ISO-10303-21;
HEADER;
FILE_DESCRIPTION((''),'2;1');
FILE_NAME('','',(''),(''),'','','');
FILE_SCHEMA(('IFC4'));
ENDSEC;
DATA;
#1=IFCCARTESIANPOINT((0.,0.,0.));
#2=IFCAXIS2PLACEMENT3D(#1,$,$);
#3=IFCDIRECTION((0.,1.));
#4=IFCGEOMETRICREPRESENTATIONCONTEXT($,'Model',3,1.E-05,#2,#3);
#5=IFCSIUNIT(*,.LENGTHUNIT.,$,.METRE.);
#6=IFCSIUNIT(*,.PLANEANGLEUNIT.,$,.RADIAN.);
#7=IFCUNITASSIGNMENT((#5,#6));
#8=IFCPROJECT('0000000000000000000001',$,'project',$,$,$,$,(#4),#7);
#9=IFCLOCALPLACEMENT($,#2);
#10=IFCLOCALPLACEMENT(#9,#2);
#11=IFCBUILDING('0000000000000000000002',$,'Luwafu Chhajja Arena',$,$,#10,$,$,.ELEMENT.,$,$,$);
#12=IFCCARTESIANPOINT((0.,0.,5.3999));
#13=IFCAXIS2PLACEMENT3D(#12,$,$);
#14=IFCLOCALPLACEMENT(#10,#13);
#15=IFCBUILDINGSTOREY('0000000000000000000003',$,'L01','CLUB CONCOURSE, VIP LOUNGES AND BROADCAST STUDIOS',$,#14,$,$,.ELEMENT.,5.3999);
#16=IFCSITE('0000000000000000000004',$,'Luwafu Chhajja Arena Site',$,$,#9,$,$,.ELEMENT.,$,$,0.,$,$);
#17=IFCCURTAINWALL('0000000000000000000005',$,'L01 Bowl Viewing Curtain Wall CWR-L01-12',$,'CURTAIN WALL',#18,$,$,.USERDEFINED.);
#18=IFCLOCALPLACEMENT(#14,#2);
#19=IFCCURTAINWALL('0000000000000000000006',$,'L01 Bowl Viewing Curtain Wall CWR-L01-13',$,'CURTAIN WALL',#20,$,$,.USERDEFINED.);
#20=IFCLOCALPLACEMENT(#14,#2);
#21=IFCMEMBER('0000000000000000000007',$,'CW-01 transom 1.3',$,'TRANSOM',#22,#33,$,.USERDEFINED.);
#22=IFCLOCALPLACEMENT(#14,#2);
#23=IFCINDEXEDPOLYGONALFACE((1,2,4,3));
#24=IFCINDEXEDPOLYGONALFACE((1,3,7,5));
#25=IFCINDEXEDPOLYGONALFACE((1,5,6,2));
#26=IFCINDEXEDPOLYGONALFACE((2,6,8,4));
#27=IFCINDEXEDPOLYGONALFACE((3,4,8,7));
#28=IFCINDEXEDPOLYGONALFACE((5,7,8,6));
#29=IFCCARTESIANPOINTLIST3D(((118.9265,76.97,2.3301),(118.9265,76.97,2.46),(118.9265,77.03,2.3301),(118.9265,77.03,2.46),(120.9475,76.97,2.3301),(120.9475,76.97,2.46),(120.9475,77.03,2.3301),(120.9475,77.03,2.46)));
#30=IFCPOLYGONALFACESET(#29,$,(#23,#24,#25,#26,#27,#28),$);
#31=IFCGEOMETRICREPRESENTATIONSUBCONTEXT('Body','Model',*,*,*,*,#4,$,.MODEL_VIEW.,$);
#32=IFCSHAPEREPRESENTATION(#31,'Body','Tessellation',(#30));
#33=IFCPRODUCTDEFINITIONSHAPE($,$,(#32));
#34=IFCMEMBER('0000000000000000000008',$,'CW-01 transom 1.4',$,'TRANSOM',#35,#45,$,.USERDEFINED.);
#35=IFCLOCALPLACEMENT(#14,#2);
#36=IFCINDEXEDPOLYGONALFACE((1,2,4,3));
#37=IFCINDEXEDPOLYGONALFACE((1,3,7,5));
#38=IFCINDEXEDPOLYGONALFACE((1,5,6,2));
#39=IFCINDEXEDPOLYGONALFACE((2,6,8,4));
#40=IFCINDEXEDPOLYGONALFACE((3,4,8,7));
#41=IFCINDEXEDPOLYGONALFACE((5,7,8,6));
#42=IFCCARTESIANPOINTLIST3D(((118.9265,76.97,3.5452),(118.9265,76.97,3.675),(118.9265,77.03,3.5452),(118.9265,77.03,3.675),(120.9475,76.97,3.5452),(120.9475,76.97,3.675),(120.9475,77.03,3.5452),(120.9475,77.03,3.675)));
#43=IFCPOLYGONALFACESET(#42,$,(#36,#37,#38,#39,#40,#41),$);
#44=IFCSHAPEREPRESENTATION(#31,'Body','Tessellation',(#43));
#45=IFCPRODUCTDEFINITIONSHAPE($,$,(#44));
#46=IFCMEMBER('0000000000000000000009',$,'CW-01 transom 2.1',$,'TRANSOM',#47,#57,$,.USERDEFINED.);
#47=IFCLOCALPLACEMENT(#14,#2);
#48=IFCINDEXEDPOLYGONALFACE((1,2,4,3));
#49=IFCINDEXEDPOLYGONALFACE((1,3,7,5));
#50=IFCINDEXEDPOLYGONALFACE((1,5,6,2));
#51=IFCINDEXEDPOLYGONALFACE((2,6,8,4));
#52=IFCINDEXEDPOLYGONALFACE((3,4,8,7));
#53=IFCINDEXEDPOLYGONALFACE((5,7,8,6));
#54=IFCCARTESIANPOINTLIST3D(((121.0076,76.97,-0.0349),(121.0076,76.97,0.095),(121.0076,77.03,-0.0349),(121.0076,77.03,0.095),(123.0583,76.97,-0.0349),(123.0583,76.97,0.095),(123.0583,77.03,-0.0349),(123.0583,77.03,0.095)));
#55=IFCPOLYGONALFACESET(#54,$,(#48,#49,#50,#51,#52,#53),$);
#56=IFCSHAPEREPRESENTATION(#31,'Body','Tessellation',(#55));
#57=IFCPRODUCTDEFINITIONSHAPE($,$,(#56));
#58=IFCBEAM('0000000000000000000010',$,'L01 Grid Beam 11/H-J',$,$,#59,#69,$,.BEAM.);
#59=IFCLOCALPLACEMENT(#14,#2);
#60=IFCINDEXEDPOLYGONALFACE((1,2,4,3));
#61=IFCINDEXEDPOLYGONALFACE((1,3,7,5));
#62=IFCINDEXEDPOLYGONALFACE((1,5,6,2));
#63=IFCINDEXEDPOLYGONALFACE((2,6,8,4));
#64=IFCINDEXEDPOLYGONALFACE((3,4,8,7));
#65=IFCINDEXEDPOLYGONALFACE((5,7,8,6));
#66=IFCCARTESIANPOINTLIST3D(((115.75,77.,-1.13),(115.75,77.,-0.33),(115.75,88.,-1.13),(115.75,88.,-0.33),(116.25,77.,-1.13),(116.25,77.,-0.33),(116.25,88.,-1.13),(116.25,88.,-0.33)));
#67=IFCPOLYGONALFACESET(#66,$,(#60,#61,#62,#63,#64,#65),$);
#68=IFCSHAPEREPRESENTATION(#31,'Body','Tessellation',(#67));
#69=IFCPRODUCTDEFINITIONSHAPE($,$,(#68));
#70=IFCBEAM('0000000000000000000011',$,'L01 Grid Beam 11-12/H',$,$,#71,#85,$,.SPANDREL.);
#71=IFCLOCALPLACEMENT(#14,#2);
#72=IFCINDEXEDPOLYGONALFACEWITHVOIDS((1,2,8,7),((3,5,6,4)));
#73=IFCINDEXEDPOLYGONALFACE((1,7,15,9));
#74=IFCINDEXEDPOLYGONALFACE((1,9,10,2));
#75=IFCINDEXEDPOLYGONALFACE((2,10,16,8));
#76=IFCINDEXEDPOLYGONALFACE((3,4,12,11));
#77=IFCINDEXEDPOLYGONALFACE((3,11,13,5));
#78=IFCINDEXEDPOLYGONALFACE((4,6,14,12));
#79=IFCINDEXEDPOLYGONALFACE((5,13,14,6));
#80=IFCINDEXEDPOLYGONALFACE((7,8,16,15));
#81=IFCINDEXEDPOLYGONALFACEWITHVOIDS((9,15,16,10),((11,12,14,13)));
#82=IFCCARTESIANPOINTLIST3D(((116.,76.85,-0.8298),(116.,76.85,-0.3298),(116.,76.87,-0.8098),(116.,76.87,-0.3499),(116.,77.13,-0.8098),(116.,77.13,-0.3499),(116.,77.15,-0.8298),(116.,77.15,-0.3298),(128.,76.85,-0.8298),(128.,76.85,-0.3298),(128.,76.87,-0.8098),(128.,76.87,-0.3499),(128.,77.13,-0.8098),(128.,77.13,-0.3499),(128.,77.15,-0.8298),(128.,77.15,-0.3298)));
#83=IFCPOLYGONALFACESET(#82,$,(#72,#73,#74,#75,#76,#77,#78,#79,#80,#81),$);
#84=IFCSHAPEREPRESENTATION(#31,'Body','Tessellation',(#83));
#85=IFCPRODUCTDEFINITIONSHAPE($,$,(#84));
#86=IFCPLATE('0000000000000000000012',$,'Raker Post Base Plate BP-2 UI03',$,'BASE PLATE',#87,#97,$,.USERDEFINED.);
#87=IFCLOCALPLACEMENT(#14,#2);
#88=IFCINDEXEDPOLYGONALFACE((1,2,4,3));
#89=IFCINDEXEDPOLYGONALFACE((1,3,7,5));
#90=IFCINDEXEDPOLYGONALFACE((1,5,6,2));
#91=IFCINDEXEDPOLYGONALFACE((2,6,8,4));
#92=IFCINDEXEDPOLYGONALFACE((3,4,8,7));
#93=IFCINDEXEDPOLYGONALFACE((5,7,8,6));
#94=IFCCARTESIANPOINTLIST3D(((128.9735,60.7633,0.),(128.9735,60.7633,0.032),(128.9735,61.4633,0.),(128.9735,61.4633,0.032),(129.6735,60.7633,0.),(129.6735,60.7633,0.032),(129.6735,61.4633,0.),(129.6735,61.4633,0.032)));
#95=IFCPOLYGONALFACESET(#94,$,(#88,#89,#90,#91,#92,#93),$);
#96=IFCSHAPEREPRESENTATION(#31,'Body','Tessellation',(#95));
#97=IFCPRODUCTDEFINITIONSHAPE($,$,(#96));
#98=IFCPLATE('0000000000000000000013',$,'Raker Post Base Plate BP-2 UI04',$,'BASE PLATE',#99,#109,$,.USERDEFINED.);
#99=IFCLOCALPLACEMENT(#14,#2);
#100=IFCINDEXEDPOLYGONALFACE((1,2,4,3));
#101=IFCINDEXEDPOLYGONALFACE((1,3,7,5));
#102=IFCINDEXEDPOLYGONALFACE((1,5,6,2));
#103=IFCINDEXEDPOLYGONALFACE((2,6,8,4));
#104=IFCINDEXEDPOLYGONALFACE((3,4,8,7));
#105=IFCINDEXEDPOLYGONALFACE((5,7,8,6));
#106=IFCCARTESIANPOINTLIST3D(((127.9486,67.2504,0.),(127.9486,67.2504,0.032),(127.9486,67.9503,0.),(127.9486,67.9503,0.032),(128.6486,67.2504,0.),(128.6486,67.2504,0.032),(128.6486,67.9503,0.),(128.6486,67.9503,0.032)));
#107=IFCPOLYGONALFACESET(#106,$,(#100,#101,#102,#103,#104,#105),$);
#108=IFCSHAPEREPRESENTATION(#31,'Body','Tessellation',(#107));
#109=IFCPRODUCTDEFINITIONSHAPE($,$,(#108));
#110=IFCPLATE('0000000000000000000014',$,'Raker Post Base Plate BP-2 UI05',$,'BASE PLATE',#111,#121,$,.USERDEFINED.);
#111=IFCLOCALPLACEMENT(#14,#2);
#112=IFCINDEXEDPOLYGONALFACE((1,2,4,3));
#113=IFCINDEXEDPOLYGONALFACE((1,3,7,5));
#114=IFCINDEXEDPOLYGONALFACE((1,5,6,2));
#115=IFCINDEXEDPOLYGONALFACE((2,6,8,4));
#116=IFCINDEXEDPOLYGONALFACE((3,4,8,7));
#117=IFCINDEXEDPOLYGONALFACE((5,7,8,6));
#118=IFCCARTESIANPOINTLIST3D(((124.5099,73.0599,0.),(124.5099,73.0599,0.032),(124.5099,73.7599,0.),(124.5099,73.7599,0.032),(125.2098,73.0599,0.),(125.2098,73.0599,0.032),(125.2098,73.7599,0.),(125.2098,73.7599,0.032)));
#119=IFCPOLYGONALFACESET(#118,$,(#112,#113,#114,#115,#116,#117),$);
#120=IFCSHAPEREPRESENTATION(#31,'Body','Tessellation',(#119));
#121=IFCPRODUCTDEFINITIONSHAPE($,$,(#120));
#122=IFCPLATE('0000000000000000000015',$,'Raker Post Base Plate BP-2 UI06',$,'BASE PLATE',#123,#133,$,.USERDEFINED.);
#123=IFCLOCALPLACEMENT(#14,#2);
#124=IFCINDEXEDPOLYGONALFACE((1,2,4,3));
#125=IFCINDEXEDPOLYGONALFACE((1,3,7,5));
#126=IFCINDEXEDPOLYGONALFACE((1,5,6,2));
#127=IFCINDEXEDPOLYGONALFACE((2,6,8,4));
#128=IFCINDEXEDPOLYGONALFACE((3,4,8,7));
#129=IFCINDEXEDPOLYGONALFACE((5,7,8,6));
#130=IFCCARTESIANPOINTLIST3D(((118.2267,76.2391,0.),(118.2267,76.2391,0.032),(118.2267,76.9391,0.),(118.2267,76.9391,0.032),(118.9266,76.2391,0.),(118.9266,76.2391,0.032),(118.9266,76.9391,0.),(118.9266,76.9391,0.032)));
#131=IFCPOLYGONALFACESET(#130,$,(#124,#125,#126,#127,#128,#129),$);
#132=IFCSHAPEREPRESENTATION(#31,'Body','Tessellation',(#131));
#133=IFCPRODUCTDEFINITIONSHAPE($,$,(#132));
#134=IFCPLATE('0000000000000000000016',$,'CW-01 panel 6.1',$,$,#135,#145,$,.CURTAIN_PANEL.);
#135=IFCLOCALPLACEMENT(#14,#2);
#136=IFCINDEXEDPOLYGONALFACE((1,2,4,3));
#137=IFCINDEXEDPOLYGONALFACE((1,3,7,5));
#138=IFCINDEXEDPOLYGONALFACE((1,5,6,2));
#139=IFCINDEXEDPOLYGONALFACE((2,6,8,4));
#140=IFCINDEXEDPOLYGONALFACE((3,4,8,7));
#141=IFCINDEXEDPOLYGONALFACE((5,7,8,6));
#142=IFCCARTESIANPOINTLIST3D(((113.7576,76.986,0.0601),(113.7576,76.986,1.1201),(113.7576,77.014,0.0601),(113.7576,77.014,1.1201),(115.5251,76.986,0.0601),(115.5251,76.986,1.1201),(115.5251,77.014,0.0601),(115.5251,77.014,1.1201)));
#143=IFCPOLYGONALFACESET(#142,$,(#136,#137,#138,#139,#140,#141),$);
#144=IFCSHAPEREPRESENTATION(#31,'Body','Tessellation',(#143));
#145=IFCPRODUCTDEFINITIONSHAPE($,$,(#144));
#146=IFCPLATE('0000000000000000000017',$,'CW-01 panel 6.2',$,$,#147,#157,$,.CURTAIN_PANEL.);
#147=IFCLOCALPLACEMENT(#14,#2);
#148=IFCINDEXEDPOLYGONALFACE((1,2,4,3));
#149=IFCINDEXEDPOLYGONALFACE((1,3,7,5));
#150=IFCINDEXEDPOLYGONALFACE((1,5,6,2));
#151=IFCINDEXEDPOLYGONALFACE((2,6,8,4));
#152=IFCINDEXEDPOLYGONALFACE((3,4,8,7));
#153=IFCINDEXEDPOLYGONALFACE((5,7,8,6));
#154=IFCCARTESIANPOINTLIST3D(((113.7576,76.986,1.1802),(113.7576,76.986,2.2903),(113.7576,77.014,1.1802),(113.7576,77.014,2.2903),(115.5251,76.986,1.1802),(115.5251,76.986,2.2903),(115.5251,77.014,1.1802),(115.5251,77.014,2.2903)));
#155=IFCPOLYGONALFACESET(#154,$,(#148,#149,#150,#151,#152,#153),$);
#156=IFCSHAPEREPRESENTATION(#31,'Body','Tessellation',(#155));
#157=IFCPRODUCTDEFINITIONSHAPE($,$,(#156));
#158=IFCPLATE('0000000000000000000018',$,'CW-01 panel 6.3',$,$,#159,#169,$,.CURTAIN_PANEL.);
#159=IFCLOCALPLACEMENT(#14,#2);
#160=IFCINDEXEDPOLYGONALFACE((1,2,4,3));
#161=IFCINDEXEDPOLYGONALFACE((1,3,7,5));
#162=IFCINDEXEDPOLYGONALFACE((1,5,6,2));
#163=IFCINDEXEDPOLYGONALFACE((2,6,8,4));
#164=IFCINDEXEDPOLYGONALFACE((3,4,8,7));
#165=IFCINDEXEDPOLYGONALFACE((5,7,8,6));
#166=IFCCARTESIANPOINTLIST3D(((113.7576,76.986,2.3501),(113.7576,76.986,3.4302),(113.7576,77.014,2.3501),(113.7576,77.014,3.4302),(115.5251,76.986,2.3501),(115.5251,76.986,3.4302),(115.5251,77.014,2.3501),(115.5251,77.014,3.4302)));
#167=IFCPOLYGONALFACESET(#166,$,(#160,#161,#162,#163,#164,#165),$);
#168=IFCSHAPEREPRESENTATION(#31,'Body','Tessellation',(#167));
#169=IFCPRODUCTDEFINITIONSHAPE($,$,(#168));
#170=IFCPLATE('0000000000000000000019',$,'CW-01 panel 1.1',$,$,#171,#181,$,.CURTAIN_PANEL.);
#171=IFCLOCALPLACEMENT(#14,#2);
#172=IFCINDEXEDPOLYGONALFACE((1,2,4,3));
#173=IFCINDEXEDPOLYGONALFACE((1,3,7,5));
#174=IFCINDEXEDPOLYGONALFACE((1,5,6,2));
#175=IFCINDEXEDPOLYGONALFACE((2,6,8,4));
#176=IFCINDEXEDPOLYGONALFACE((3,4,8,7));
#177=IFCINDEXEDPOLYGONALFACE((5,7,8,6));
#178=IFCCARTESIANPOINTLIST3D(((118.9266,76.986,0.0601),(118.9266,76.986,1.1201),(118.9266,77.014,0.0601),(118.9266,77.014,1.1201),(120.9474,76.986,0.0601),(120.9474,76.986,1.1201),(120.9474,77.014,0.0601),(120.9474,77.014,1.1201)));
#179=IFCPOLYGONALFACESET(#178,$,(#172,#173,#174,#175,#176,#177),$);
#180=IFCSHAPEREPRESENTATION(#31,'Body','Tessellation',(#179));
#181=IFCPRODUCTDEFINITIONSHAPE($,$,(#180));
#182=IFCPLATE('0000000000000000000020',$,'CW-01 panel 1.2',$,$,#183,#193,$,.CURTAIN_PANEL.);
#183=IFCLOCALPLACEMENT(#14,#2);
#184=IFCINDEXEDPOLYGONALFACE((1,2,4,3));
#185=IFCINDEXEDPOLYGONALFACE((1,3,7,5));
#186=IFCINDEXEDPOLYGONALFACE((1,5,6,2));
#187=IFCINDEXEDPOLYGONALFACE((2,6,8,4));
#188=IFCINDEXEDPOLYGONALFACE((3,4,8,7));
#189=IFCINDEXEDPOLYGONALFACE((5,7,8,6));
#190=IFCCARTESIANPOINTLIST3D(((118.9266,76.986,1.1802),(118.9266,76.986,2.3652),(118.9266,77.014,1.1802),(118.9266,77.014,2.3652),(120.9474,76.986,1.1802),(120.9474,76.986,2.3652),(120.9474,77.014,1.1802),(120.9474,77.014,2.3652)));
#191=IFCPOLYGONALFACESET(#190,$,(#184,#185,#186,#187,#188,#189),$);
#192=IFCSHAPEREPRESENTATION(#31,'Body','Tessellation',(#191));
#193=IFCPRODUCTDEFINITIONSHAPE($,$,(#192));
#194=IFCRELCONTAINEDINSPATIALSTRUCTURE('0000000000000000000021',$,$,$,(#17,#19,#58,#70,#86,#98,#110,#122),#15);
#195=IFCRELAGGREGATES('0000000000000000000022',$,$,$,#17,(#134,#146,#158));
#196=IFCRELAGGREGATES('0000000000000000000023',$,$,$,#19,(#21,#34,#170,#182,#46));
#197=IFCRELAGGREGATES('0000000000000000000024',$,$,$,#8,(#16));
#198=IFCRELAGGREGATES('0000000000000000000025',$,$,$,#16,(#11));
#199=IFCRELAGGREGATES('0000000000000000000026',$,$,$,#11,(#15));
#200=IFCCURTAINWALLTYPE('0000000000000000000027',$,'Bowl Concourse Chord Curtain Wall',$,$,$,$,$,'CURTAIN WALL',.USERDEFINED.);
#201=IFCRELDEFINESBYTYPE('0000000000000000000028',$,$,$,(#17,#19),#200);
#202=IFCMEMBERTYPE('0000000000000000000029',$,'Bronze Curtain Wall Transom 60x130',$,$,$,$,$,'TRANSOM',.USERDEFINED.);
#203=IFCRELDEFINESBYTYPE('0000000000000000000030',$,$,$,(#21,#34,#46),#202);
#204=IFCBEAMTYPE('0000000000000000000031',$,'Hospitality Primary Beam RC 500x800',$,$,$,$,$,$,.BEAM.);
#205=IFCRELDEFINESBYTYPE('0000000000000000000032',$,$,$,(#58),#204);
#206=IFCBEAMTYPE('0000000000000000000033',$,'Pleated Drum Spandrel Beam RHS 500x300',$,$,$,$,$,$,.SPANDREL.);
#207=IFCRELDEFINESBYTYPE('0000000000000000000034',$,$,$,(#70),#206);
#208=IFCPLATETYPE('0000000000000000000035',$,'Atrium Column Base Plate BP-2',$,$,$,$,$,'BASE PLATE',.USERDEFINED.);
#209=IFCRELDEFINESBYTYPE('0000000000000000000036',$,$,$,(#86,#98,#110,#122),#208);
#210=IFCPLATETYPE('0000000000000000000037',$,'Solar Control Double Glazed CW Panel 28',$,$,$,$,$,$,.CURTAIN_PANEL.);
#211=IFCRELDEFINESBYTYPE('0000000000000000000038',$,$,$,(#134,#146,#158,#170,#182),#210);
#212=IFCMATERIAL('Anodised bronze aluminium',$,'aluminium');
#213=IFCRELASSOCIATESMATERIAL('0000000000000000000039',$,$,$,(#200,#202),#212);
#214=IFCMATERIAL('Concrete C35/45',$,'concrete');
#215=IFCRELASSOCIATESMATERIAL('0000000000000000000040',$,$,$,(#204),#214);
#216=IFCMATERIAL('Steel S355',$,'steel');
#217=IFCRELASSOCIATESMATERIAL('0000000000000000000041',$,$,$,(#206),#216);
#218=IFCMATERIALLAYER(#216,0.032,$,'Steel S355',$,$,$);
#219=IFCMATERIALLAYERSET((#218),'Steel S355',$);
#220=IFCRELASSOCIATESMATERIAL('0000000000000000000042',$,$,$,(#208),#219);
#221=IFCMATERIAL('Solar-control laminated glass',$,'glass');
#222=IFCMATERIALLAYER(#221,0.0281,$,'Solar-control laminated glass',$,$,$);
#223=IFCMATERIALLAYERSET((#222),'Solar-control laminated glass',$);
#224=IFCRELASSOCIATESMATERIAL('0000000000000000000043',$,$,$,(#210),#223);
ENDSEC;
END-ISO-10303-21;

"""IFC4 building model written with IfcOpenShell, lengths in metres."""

from ifc_helpers import new_model, si_unit, direction, frame, origin, origin_2d, place, context, subcontext, project, spatial, rectangle, hollow_rectangle, extrude, material, layer, layer_set, material_profile, profile_set, type_object, element, aggregate, save


model = new_model("IFC4")

# Units and contexts
model_context = context("Model", 3, precision=1e-05, world=origin(), true_north=direction((0.0, 1.0)))
body_context = subcontext(model_context, "Body", "Model", "MODEL_VIEW")
ifc_project = project(units=[si_unit("LENGTHUNIT", "METRE"), si_unit("PLANEANGLEUNIT", "RADIAN")], contexts=[model_context])

# Site, building, storey
site_placement = place(None, origin())
site = spatial("IfcSite", under=ifc_project, at=site_placement, Name="Luwafu Chhajja Arena Site", CompositionType="ELEMENT", RefElevation=0.0)
building_placement = place(site_placement, origin())
building = spatial("IfcBuilding", under=site, at=building_placement, Name="Luwafu Chhajja Arena", CompositionType="ELEMENT")
storey_placement = place(building_placement, frame((0.0, 0.0, 5.3999)))
storey = spatial("IfcBuildingStorey", under=building, at=storey_placement, Name="L01", Description="CLUB CONCOURSE, VIP LOUNGES AND BROADCAST STUDIOS", CompositionType="ELEMENT", Elevation=5.3999)

# Shared definitions
ifc_material_1 = material(Name="Concrete C35/45", Category="concrete")
ifc_material_2 = material(Name="Steel S355", Category="steel")

# Curtain wall
ifc_material_3 = material(Name="Anodised bronze aluminium", Category="aluminium")
curtain_wall_type = type_object("IfcCurtainWallType", Name="Bowl Concourse Chord Curtain Wall", ElementType="CURTAIN WALL", PredefinedType="USERDEFINED", material=ifc_material_3)
curtain_wall_1_placement = place(storey_placement, origin())
curtain_wall_1 = element("IfcCurtainWall", 1, at=curtain_wall_1_placement, inside=storey, type_object=curtain_wall_type, Name="L01 Bowl Viewing Curtain Wall CWR-L01-12", ObjectType="CURTAIN WALL", PredefinedType="USERDEFINED")

# Curtain wall
curtain_wall_2_placement = place(storey_placement, origin())
curtain_wall_2 = element("IfcCurtainWall", 2, at=curtain_wall_2_placement, inside=storey, type_object=curtain_wall_type, Name="L01 Bowl Viewing Curtain Wall CWR-L01-13", ObjectType="CURTAIN WALL", PredefinedType="USERDEFINED")

# Members
ifc_material_profile_1 = material_profile(ifc_material_3, rectangle(XDim=0.0601, YDim=0.1299, at=origin_2d()), Name="CWT 60x130")
ifc_profile_set_1 = profile_set([ifc_material_profile_1], Name="Anodised bronze aluminium")
member_type_1 = type_object("IfcMemberType", Name="Bronze Curtain Wall Transom 60x130", ElementType="TRANSOM", PredefinedType="USERDEFINED", material=ifc_profile_set_1)
member_1_placement = place(storey_placement, frame((118.9265, 77.0, 2.395), z_axis=(1.0, 0.0, 0.0), x_axis=(0.0, 1.0, 0.0)))
member_1 = element("IfcMember", 3, at=member_1_placement, type_object=member_type_1, Name="CW-01 transom 1.3", ObjectType="TRANSOM", PredefinedType="USERDEFINED", context=body_context, shape_type="SweptSolid", body=[
    extrude(rectangle(XDim=0.0601, YDim=0.1299, at=origin_2d()), origin(), (0.0, 0.0, 1.0), 2.021),
])
member_2_placement = place(storey_placement, frame((118.9265, 77.0, 3.6101), z_axis=(1.0, 0.0, 0.0), x_axis=(0.0, 1.0, 0.0)))
member_2 = element("IfcMember", 4, at=member_2_placement, type_object=member_type_1, Name="CW-01 transom 1.4", ObjectType="TRANSOM", PredefinedType="USERDEFINED", context=body_context, shape_type="SweptSolid", body=[
    extrude(rectangle(XDim=0.0601, YDim=0.1299, at=origin_2d()), origin(), (0.0, 0.0, 1.0), 2.021),
])
member_3_placement = place(storey_placement, frame((121.0076, 77.0, 0.03), z_axis=(1.0, 0.0, 0.0), x_axis=(0.0, 1.0, 0.0)))
member_3 = element("IfcMember", 5, at=member_3_placement, type_object=member_type_1, Name="CW-01 transom 2.1", ObjectType="TRANSOM", PredefinedType="USERDEFINED", context=body_context, shape_type="SweptSolid", body=[
    extrude(rectangle(XDim=0.0601, YDim=0.1299, at=origin_2d()), origin(), (0.0, 0.0, 1.0), 2.0508),
])

# Beams
ifc_material_profile_2 = material_profile(ifc_material_1, rectangle(XDim=0.5, YDim=0.8, at=origin_2d()), Name="RC 500x800")
ifc_profile_set_2 = profile_set([ifc_material_profile_2], Name="Concrete C35/45")
beam_type_1 = type_object("IfcBeamType", Name="Hospitality Primary Beam RC 500x800", PredefinedType="BEAM", material=ifc_profile_set_2)
beam_1_placement = place(storey_placement, frame((116.0, 77.0, -0.73), z_axis=(0.0, 1.0, 0.0), x_axis=(-1.0, 0.0, 0.0)))
element("IfcBeam", 6, at=beam_1_placement, inside=storey, type_object=beam_type_1, Name="L01 Grid Beam 11/H-J", PredefinedType="BEAM", context=body_context, shape_type="SweptSolid", body=[
    extrude(rectangle(XDim=0.5, YDim=0.8, at=origin_2d()), origin(), (0.0, 0.0, 1.0), 11.0),
])
ifc_material_profile_3 = material_profile(ifc_material_2, hollow_rectangle(XDim=0.3, YDim=0.5, WallThickness=0.02, at=origin_2d()), Name="RHS 500x300x20")
ifc_profile_set_3 = profile_set([ifc_material_profile_3], Name="Steel S355")
beam_type_2 = type_object("IfcBeamType", Name="Pleated Drum Spandrel Beam RHS 500x300", PredefinedType="SPANDREL", material=ifc_profile_set_3)
beam_2_placement = place(storey_placement, frame((116.0, 77.0, -0.5798), z_axis=(1.0, 0.0, 0.0), x_axis=(0.0, 1.0, 0.0)))
element("IfcBeam", 7, at=beam_2_placement, inside=storey, type_object=beam_type_2, Name="L01 Grid Beam 11-12/H", PredefinedType="SPANDREL", context=body_context, shape_type="SweptSolid", body=[
    extrude(hollow_rectangle(XDim=0.3, YDim=0.5, WallThickness=0.02, at=origin_2d()), origin(), (0.0, 0.0, 1.0), 12.0),
])

# Plates
ifc_layer_1 = layer(ifc_material_2, 0.032, Name="Steel S355")
ifc_layer_set_1 = layer_set([ifc_layer_1], Name="Steel S355")
plate_type_1 = type_object("IfcPlateType", Name="Atrium Column Base Plate BP-2", ElementType="BASE PLATE", PredefinedType="USERDEFINED", material=ifc_layer_set_1)
for number, where, z_axis, x_axis, name in (
    (8, (129.3235, 61.1133, 0.0), (0.0, 0.0, 1.0), (1.0, 0.0, 0.0), "Raker Post Base Plate BP-2 UI03"),
    (9, (128.2986, 67.6003, 0.0), (0.0, 0.0, 1.0), (1.0, 0.0, 0.0), "Raker Post Base Plate BP-2 UI04"),
    (10, (124.8599, 73.4099, 0.0), (0.0, 0.0, 1.0), (1.0, 0.0, 0.0), "Raker Post Base Plate BP-2 UI05"),
    (11, (118.5767, 76.5891, 0.0), (0.0, 0.0, 1.0), (1.0, 0.0, 0.0), "Raker Post Base Plate BP-2 UI06"),
):
    element("IfcPlate", number, at=place(storey_placement, frame(where, z_axis=z_axis, x_axis=x_axis)), inside=storey, type_object=plate_type_1, Name=name, ObjectType="BASE PLATE", PredefinedType="USERDEFINED", context=body_context, shape_type="SweptSolid", body=[
        extrude(rectangle(XDim=0.7, YDim=0.7, at=origin_2d()), origin(), (0.0, 0.0, 1.0), 0.032),
    ])

# Plates
ifc_material_4 = material(Name="Solar-control laminated glass", Category="glass")
ifc_layer_2 = layer(ifc_material_4, 0.0281, Name="Solar-control laminated glass")
ifc_layer_set_2 = layer_set([ifc_layer_2], Name="Solar-control laminated glass")
plate_type_2 = type_object("IfcPlateType", Name="Solar Control Double Glazed CW Panel 28", PredefinedType="CURTAIN_PANEL", material=ifc_layer_set_2)
plate_1_placement = place(storey_placement, frame((114.6414, 77.0, 0.0601), z_axis=(0.0, 0.0, 1.0), x_axis=(1.0, 0.0, 0.0)))
plate_1 = element("IfcPlate", 12, at=plate_1_placement, type_object=plate_type_2, Name="CW-01 panel 6.1", PredefinedType="CURTAIN_PANEL", context=body_context, shape_type="SweptSolid", body=[
    extrude(rectangle(XDim=1.7676, YDim=0.0281, at=origin_2d()), origin(), (0.0, 0.0, 1.0), 1.0601),
])
plate_2_placement = place(storey_placement, frame((114.6414, 77.0, 1.1802), z_axis=(0.0, 0.0, 1.0), x_axis=(1.0, 0.0, 0.0)))
plate_2 = element("IfcPlate", 13, at=plate_2_placement, type_object=plate_type_2, Name="CW-01 panel 6.2", PredefinedType="CURTAIN_PANEL", context=body_context, shape_type="SweptSolid", body=[
    extrude(rectangle(XDim=1.7676, YDim=0.0281, at=origin_2d()), origin(), (0.0, 0.0, 1.0), 1.1101),
])
plate_3_placement = place(storey_placement, frame((114.6414, 77.0, 2.3501), z_axis=(0.0, 0.0, 1.0), x_axis=(1.0, 0.0, 0.0)))
plate_3 = element("IfcPlate", 14, at=plate_3_placement, type_object=plate_type_2, Name="CW-01 panel 6.3", PredefinedType="CURTAIN_PANEL", context=body_context, shape_type="SweptSolid", body=[
    extrude(rectangle(XDim=1.7676, YDim=0.0281, at=origin_2d()), origin(), (0.0, 0.0, 1.0), 1.0801),
])
aggregate(curtain_wall_1, [plate_1, plate_2, plate_3])
plate_4_placement = place(storey_placement, frame((119.937, 77.0, 0.0601), z_axis=(0.0, 0.0, 1.0), x_axis=(1.0, 0.0, 0.0)))
plate_4 = element("IfcPlate", 15, at=plate_4_placement, type_object=plate_type_2, Name="CW-01 panel 1.1", PredefinedType="CURTAIN_PANEL", context=body_context, shape_type="SweptSolid", body=[
    extrude(rectangle(XDim=2.0208, YDim=0.0281, at=origin_2d()), origin(), (0.0, 0.0, 1.0), 1.0601),
])
plate_5_placement = place(storey_placement, frame((119.937, 77.0, 1.1802), z_axis=(0.0, 0.0, 1.0), x_axis=(1.0, 0.0, 0.0)))
plate_5 = element("IfcPlate", 16, at=plate_5_placement, type_object=plate_type_2, Name="CW-01 panel 1.2", PredefinedType="CURTAIN_PANEL", context=body_context, shape_type="SweptSolid", body=[
    extrude(rectangle(XDim=2.0208, YDim=0.0281, at=origin_2d()), origin(), (0.0, 0.0, 1.0), 1.1851),
])
aggregate(curtain_wall_2, [member_1, member_2, plate_4, plate_5, member_3])

save(model, "model.ifc")
